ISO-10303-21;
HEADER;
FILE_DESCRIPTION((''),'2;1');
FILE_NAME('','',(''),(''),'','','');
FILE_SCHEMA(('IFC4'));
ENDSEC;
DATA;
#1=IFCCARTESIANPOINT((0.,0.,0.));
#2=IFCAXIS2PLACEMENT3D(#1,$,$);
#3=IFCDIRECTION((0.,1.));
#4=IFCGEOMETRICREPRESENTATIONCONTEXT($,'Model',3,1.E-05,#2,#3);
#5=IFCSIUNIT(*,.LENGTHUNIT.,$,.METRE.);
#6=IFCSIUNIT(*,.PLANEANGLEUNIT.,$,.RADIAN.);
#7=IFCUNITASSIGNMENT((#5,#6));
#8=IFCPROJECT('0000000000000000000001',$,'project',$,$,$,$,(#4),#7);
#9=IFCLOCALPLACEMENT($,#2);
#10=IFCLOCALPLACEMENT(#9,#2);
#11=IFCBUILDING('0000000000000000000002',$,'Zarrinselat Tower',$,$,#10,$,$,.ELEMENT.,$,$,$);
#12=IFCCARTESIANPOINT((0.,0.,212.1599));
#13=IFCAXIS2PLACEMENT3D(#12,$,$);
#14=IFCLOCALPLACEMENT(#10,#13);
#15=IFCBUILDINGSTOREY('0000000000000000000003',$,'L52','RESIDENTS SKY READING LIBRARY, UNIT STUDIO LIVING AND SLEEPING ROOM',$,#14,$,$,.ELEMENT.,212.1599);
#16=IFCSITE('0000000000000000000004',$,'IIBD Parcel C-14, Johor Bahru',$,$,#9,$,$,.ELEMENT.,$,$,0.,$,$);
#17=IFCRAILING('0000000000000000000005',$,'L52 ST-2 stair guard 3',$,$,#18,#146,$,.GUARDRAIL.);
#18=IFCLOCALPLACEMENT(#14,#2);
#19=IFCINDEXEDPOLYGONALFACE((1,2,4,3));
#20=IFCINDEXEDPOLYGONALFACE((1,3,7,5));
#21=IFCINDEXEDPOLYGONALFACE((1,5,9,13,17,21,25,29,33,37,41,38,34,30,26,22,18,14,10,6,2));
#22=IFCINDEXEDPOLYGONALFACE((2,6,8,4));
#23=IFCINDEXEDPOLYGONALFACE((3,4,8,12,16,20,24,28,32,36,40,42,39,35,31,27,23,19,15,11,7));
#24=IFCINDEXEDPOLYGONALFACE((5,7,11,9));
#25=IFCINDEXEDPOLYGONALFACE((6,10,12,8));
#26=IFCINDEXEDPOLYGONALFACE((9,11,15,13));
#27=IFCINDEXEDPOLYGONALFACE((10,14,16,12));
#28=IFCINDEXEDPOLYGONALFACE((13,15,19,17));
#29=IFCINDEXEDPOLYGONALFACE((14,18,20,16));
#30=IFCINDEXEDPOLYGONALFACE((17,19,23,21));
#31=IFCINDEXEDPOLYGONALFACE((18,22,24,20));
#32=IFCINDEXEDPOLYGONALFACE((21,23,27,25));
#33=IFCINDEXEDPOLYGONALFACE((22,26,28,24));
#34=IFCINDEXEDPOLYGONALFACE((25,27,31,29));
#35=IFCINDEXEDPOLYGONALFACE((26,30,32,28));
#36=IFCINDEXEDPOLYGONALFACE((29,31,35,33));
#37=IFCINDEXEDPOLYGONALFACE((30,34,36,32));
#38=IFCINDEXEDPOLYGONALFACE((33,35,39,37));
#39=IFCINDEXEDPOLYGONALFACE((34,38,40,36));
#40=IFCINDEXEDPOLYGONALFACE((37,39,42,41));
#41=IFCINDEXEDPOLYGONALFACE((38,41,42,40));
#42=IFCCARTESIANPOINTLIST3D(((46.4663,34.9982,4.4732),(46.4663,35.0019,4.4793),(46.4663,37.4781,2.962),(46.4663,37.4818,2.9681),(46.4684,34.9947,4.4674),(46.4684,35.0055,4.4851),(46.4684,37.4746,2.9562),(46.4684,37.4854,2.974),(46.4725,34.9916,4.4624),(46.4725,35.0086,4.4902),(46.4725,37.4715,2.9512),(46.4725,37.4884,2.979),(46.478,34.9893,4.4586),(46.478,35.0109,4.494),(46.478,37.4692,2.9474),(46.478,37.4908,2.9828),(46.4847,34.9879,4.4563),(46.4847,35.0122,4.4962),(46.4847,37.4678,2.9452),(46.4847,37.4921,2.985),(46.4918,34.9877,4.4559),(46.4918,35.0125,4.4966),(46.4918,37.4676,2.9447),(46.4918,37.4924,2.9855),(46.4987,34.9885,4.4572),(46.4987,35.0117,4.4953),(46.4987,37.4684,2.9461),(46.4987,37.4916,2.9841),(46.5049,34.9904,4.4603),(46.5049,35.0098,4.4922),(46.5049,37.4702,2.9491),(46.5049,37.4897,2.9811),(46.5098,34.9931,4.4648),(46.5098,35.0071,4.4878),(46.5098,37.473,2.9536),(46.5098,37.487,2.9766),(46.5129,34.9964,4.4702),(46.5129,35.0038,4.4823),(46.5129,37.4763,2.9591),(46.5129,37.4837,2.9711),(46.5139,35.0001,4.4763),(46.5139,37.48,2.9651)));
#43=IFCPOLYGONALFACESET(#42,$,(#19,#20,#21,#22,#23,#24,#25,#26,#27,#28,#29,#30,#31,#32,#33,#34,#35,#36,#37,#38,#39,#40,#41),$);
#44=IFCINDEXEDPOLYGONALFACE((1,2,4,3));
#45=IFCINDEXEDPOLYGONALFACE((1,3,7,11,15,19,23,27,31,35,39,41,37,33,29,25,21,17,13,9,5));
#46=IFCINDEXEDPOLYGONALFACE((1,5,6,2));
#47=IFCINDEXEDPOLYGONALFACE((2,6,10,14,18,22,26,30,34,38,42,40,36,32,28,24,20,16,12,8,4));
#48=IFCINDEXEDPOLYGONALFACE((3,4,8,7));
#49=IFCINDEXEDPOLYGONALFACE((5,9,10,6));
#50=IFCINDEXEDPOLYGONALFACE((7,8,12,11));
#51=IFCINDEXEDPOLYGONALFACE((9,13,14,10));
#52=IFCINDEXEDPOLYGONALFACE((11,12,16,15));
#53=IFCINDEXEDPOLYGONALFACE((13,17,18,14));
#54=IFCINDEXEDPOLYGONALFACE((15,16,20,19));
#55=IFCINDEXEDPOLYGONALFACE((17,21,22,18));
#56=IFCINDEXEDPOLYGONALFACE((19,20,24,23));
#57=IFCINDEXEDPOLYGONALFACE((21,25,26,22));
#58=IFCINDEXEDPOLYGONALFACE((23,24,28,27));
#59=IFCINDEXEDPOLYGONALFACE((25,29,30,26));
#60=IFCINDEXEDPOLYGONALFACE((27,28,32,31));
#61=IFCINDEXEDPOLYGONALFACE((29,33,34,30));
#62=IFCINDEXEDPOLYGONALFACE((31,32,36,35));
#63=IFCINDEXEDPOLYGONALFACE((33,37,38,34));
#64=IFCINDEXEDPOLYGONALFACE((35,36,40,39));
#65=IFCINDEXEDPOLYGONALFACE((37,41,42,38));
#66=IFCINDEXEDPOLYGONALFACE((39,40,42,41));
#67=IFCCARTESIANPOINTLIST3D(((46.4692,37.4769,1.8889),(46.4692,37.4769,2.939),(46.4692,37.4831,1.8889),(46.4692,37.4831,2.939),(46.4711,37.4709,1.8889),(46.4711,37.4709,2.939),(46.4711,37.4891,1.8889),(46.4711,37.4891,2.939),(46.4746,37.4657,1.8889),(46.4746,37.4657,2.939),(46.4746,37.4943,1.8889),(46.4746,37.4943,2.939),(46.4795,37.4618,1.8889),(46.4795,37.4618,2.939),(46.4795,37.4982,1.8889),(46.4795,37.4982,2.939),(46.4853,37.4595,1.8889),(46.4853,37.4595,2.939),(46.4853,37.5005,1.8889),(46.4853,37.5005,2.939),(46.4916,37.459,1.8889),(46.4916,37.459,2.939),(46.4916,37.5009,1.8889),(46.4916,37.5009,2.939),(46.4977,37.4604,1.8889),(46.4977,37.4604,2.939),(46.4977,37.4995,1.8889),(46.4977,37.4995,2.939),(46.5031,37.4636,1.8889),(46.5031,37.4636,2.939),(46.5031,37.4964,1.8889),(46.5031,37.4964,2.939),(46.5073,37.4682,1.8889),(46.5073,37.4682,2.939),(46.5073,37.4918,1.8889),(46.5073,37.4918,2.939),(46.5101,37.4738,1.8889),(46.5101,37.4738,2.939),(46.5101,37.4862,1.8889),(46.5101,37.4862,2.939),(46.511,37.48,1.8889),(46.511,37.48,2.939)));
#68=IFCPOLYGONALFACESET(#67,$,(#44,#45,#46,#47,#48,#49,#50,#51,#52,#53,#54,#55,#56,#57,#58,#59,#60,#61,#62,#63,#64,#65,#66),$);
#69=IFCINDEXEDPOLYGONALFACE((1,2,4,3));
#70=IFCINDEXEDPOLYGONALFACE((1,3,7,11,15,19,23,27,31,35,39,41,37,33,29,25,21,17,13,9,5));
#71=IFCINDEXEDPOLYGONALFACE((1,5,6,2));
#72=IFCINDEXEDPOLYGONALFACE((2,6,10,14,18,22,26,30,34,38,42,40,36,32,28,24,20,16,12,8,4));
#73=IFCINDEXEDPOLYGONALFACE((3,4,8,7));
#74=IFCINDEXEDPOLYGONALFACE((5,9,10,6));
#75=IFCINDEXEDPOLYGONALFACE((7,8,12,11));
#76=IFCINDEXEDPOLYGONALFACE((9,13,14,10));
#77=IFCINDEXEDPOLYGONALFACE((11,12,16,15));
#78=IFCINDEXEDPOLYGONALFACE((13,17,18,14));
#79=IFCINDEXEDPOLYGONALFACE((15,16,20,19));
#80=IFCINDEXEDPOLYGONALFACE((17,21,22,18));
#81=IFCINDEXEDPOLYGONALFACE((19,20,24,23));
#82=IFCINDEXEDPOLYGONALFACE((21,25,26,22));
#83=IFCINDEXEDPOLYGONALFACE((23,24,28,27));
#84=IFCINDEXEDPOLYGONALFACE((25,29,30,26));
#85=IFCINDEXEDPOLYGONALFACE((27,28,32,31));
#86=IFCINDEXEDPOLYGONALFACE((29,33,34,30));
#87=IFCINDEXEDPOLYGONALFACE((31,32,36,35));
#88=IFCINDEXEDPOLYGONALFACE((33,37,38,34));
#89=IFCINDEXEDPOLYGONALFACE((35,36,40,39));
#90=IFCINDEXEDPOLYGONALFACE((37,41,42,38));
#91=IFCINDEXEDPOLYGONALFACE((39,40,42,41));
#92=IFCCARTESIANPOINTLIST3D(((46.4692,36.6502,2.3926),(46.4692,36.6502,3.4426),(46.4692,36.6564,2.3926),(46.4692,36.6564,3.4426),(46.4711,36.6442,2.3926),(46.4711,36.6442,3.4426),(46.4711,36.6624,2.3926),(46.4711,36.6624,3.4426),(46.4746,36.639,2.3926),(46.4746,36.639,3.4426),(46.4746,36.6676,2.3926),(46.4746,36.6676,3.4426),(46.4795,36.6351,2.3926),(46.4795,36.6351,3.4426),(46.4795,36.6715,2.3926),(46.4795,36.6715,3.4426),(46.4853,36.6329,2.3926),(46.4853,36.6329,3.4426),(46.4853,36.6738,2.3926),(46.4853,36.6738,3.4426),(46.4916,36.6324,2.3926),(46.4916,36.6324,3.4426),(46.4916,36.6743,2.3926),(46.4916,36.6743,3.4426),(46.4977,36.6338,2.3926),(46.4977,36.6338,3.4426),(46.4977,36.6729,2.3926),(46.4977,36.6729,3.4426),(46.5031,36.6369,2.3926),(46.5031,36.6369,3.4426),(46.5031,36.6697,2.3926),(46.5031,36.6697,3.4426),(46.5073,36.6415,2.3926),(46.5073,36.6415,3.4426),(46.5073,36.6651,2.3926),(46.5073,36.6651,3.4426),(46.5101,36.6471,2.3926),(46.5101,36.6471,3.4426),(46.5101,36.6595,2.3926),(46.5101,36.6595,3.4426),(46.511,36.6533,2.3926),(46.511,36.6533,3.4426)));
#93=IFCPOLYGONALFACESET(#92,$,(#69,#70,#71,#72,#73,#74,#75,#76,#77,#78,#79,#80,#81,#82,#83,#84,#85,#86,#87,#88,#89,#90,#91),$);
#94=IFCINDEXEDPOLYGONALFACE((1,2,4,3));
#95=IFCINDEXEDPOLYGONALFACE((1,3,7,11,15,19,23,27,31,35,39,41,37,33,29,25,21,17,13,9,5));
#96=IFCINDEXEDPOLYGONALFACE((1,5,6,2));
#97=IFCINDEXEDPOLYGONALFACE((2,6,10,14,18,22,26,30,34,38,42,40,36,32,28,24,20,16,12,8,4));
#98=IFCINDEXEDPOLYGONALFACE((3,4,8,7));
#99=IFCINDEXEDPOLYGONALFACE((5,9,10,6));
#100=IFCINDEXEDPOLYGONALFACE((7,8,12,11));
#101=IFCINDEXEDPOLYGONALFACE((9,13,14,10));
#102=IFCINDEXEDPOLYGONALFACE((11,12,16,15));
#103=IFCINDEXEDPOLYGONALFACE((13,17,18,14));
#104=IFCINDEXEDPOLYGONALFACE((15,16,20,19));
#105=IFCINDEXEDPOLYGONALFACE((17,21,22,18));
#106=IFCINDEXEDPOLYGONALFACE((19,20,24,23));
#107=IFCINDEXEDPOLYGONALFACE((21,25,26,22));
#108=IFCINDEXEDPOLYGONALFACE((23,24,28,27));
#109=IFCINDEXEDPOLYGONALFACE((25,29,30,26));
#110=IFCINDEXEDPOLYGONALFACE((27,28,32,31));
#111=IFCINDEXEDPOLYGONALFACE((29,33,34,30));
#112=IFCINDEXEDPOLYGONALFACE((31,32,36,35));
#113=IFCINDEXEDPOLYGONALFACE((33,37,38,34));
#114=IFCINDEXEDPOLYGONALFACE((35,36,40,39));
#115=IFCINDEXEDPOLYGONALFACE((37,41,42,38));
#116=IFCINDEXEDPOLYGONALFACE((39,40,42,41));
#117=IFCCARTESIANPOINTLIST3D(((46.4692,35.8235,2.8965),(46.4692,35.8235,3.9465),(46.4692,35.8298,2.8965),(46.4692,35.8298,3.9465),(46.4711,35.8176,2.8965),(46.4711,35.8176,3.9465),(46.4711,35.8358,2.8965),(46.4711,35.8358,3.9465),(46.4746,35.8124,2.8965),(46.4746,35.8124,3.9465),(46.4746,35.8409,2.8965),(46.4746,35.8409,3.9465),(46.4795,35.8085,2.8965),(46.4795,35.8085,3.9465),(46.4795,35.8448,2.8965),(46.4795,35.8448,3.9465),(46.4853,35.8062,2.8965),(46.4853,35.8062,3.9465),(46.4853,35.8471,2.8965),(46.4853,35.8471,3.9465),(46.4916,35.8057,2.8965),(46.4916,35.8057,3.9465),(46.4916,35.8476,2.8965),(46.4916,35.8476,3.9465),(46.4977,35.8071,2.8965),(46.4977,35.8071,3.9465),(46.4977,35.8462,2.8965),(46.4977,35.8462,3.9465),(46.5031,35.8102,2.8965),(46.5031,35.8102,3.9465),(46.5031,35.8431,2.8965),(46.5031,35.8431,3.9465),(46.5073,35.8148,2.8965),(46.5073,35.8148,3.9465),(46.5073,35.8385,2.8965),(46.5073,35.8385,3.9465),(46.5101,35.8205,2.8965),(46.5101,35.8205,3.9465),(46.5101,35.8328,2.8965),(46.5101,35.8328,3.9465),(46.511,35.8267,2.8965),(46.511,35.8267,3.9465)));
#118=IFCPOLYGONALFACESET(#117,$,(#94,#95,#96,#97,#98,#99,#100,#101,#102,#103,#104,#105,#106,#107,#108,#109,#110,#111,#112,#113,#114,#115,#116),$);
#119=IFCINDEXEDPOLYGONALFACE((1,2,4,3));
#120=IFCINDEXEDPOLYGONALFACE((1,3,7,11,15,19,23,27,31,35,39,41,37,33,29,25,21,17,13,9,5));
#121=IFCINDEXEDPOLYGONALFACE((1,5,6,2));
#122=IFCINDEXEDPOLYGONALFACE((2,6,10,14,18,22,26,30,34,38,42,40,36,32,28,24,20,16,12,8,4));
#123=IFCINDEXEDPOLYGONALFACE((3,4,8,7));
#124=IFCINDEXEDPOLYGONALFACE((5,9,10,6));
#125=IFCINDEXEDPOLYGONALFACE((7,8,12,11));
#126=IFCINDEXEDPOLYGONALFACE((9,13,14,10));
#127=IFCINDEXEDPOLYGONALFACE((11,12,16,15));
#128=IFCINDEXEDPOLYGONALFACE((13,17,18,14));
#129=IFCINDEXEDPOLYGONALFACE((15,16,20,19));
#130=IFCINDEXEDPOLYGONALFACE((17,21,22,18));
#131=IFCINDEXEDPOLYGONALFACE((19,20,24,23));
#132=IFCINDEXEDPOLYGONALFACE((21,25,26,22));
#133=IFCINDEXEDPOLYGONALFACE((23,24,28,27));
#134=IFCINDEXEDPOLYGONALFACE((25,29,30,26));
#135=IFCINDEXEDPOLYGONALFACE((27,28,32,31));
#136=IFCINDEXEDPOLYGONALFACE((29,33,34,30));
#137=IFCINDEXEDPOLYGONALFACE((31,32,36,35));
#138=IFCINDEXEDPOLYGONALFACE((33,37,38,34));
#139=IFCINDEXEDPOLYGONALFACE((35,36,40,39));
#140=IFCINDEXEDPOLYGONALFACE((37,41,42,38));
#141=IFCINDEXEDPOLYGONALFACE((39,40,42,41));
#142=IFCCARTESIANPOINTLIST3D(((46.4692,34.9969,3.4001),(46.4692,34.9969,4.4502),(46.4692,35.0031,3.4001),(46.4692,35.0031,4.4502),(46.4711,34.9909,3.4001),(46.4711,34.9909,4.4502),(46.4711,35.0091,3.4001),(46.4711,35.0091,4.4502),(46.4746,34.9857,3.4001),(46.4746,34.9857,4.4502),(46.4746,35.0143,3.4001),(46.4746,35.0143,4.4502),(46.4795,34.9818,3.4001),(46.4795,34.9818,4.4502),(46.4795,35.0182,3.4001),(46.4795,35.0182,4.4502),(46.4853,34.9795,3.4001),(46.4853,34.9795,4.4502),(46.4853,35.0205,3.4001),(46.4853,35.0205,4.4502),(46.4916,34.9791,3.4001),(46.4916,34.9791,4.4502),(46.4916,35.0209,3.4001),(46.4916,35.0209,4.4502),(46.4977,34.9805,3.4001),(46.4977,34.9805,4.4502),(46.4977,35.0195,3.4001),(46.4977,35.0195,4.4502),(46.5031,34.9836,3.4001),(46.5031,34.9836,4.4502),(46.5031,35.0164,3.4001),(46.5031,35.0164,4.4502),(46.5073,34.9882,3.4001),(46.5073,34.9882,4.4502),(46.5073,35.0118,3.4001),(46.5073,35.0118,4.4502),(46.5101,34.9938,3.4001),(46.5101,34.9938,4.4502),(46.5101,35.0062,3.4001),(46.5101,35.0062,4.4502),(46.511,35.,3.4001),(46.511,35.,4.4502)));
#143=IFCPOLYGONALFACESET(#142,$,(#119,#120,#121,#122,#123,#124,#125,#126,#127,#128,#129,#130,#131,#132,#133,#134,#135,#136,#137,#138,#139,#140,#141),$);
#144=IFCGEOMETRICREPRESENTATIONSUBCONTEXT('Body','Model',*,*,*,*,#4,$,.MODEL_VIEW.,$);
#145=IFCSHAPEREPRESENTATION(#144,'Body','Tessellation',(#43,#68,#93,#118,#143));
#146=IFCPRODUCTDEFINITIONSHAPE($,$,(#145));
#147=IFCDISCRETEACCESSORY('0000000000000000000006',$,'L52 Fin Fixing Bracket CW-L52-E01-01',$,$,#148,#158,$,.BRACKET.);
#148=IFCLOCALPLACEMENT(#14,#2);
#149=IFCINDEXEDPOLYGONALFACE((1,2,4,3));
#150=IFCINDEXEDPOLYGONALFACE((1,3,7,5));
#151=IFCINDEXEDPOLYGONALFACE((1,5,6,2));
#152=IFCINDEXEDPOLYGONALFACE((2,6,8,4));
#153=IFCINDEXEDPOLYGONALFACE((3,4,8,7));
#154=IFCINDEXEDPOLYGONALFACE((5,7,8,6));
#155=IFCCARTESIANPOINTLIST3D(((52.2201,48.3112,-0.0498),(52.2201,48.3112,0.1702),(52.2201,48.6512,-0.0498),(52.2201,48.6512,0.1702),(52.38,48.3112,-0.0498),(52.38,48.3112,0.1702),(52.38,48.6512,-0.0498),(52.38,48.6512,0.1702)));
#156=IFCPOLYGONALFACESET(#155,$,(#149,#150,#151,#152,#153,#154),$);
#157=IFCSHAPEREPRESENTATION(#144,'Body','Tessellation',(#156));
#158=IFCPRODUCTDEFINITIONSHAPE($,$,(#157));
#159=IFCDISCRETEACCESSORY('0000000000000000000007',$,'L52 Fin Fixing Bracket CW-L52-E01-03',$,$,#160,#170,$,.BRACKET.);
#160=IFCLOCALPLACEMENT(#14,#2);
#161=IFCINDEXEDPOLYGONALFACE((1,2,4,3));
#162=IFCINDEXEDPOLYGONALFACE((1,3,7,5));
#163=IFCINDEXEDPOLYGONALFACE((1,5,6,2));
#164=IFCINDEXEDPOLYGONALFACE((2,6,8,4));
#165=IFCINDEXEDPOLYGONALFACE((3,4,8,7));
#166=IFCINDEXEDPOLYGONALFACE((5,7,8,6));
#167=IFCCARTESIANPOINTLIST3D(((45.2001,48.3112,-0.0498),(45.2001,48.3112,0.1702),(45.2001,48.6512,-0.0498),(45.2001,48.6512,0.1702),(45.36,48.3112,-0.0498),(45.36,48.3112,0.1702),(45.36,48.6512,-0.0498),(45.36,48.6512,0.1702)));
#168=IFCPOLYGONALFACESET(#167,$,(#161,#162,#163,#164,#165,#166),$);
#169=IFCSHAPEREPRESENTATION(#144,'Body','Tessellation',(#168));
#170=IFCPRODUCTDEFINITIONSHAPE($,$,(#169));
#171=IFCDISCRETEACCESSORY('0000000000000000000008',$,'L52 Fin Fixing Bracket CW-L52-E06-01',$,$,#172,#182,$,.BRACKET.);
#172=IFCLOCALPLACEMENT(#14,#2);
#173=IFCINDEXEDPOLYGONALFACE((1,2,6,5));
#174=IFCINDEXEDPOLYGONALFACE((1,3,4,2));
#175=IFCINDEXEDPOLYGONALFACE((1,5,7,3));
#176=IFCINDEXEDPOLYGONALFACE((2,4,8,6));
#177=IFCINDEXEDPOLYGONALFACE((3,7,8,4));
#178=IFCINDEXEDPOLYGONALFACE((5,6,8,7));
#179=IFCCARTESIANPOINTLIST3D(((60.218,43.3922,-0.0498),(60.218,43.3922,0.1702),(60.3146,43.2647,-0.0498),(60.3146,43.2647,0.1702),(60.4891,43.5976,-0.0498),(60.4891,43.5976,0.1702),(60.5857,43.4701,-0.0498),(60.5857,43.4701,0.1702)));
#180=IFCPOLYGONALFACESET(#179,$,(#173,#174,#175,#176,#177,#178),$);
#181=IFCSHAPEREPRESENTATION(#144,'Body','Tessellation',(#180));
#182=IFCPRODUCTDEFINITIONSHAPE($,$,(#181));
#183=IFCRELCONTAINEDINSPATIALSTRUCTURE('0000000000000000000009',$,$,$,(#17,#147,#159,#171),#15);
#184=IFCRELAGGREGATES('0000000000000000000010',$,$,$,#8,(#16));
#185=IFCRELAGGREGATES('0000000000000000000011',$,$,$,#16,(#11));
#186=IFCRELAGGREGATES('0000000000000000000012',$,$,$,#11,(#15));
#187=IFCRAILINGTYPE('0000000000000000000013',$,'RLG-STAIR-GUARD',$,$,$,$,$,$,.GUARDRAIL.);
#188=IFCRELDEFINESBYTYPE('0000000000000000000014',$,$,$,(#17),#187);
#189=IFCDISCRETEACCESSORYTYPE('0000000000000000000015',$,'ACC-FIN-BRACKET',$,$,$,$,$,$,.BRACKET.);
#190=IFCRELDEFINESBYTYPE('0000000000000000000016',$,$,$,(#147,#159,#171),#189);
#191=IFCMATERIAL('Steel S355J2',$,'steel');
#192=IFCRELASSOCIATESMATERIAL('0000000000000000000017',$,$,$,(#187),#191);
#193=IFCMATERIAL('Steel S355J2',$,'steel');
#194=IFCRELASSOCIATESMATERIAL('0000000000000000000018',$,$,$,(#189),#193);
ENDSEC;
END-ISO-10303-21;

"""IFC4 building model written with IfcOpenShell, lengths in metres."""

from ifc_helpers import new_model, si_unit, direction, frame, origin, origin_2d, place, context, subcontext, project, spatial, rectangle, circle, extrude, material, type_object, element, save


model = new_model("IFC4")

# Units and contexts
model_context = context("Model", 3, precision=1e-05, world=origin(), true_north=direction((0.0, 1.0)))
body_context = subcontext(model_context, "Body", "Model", "MODEL_VIEW")
ifc_project = project(units=[si_unit("LENGTHUNIT", "METRE"), si_unit("PLANEANGLEUNIT", "RADIAN")], contexts=[model_context])

# Site, building, storey
site_placement = place(None, origin())
site = spatial("IfcSite", under=ifc_project, at=site_placement, Name="IIBD Parcel C-14, Johor Bahru", CompositionType="ELEMENT", RefElevation=0.0)
building_placement = place(site_placement, origin())
building = spatial("IfcBuilding", under=site, at=building_placement, Name="Zarrinselat Tower", CompositionType="ELEMENT")
storey_placement = place(building_placement, frame((0.0, 0.0, 212.1599)))
storey = spatial("IfcBuildingStorey", under=building, at=storey_placement, Name="L52", Description="RESIDENTS SKY READING LIBRARY, UNIT STUDIO LIVING AND SLEEPING ROOM", CompositionType="ELEMENT", Elevation=212.1599)

# Railing
ifc_material_1 = material(Name="Steel S355J2", Category="steel")
railing_type = type_object("IfcRailingType", Name="RLG-STAIR-GUARD", PredefinedType="GUARDRAIL", material=ifc_material_1)
railing_1_placement = place(storey_placement, frame((46.49, 37.48, 1.8889)))
element("IfcRailing", 1, at=railing_1_placement, inside=storey, type_object=railing_type, Name="L52 ST-2 stair guard 3", PredefinedType="GUARDRAIL", context=body_context, shape_type="SweptSolid", body=[
    extrude(circle(Radius=0.0239, at=origin_2d()), frame((0.0, 0.0, 1.0762), z_axis=(0.0, -0.853942, 0.520368), x_axis=(1.0, 0.0, 0.0)), (0.0, 0.0, 1.0), 2.9041),
    extrude(circle(Radius=0.021, at=origin_2d()), origin(), (0.0, 0.0, 1.0), 1.05),
    extrude(circle(Radius=0.021, at=origin_2d()), frame((0.0, -0.8267, 0.5037)), (0.0, 0.0, 1.0), 1.05),
    extrude(circle(Radius=0.021, at=origin_2d()), frame((0.0, -1.6533, 1.0076)), (0.0, 0.0, 1.0), 1.05),
    extrude(circle(Radius=0.021, at=origin_2d()), frame((0.0, -2.48, 1.5112)), (0.0, 0.0, 1.0), 1.05),
])

# Discrete accessories
ifc_material_2 = material(Name="Steel S355J2", Category="steel")
discrete_accessory_type = type_object("IfcDiscreteAccessoryType", Name="ACC-FIN-BRACKET", PredefinedType="BRACKET", material=ifc_material_2)
for number, where, z_axis, x_axis, name in (
    (2, (52.3, 48.4812, -0.0498), (0.0, 0.0, 1.0), (0.0, 1.0, 0.0), "L52 Fin Fixing Bracket CW-L52-E01-01"),
    (3, (45.28, 48.4812, -0.0498), (0.0, 0.0, 1.0), (0.0, 1.0, 0.0), "L52 Fin Fixing Bracket CW-L52-E01-03"),
    (4, (60.4019, 43.4312, -0.0498), (0.0, 0.0, 1.0), (0.797092, 0.603858, 0.0), "L52 Fin Fixing Bracket CW-L52-E06-01"),
):
    element("IfcDiscreteAccessory", number, at=place(storey_placement, frame(where, z_axis=z_axis, x_axis=x_axis)), inside=storey, type_object=discrete_accessory_type, Name=name, PredefinedType="BRACKET", context=body_context, shape_type="SweptSolid", body=[
        extrude(rectangle(XDim=0.3401, YDim=0.1599, at=origin_2d()), origin(), (0.0, 0.0, 1.0), 0.22),
    ])

save(model, "model.ifc")
